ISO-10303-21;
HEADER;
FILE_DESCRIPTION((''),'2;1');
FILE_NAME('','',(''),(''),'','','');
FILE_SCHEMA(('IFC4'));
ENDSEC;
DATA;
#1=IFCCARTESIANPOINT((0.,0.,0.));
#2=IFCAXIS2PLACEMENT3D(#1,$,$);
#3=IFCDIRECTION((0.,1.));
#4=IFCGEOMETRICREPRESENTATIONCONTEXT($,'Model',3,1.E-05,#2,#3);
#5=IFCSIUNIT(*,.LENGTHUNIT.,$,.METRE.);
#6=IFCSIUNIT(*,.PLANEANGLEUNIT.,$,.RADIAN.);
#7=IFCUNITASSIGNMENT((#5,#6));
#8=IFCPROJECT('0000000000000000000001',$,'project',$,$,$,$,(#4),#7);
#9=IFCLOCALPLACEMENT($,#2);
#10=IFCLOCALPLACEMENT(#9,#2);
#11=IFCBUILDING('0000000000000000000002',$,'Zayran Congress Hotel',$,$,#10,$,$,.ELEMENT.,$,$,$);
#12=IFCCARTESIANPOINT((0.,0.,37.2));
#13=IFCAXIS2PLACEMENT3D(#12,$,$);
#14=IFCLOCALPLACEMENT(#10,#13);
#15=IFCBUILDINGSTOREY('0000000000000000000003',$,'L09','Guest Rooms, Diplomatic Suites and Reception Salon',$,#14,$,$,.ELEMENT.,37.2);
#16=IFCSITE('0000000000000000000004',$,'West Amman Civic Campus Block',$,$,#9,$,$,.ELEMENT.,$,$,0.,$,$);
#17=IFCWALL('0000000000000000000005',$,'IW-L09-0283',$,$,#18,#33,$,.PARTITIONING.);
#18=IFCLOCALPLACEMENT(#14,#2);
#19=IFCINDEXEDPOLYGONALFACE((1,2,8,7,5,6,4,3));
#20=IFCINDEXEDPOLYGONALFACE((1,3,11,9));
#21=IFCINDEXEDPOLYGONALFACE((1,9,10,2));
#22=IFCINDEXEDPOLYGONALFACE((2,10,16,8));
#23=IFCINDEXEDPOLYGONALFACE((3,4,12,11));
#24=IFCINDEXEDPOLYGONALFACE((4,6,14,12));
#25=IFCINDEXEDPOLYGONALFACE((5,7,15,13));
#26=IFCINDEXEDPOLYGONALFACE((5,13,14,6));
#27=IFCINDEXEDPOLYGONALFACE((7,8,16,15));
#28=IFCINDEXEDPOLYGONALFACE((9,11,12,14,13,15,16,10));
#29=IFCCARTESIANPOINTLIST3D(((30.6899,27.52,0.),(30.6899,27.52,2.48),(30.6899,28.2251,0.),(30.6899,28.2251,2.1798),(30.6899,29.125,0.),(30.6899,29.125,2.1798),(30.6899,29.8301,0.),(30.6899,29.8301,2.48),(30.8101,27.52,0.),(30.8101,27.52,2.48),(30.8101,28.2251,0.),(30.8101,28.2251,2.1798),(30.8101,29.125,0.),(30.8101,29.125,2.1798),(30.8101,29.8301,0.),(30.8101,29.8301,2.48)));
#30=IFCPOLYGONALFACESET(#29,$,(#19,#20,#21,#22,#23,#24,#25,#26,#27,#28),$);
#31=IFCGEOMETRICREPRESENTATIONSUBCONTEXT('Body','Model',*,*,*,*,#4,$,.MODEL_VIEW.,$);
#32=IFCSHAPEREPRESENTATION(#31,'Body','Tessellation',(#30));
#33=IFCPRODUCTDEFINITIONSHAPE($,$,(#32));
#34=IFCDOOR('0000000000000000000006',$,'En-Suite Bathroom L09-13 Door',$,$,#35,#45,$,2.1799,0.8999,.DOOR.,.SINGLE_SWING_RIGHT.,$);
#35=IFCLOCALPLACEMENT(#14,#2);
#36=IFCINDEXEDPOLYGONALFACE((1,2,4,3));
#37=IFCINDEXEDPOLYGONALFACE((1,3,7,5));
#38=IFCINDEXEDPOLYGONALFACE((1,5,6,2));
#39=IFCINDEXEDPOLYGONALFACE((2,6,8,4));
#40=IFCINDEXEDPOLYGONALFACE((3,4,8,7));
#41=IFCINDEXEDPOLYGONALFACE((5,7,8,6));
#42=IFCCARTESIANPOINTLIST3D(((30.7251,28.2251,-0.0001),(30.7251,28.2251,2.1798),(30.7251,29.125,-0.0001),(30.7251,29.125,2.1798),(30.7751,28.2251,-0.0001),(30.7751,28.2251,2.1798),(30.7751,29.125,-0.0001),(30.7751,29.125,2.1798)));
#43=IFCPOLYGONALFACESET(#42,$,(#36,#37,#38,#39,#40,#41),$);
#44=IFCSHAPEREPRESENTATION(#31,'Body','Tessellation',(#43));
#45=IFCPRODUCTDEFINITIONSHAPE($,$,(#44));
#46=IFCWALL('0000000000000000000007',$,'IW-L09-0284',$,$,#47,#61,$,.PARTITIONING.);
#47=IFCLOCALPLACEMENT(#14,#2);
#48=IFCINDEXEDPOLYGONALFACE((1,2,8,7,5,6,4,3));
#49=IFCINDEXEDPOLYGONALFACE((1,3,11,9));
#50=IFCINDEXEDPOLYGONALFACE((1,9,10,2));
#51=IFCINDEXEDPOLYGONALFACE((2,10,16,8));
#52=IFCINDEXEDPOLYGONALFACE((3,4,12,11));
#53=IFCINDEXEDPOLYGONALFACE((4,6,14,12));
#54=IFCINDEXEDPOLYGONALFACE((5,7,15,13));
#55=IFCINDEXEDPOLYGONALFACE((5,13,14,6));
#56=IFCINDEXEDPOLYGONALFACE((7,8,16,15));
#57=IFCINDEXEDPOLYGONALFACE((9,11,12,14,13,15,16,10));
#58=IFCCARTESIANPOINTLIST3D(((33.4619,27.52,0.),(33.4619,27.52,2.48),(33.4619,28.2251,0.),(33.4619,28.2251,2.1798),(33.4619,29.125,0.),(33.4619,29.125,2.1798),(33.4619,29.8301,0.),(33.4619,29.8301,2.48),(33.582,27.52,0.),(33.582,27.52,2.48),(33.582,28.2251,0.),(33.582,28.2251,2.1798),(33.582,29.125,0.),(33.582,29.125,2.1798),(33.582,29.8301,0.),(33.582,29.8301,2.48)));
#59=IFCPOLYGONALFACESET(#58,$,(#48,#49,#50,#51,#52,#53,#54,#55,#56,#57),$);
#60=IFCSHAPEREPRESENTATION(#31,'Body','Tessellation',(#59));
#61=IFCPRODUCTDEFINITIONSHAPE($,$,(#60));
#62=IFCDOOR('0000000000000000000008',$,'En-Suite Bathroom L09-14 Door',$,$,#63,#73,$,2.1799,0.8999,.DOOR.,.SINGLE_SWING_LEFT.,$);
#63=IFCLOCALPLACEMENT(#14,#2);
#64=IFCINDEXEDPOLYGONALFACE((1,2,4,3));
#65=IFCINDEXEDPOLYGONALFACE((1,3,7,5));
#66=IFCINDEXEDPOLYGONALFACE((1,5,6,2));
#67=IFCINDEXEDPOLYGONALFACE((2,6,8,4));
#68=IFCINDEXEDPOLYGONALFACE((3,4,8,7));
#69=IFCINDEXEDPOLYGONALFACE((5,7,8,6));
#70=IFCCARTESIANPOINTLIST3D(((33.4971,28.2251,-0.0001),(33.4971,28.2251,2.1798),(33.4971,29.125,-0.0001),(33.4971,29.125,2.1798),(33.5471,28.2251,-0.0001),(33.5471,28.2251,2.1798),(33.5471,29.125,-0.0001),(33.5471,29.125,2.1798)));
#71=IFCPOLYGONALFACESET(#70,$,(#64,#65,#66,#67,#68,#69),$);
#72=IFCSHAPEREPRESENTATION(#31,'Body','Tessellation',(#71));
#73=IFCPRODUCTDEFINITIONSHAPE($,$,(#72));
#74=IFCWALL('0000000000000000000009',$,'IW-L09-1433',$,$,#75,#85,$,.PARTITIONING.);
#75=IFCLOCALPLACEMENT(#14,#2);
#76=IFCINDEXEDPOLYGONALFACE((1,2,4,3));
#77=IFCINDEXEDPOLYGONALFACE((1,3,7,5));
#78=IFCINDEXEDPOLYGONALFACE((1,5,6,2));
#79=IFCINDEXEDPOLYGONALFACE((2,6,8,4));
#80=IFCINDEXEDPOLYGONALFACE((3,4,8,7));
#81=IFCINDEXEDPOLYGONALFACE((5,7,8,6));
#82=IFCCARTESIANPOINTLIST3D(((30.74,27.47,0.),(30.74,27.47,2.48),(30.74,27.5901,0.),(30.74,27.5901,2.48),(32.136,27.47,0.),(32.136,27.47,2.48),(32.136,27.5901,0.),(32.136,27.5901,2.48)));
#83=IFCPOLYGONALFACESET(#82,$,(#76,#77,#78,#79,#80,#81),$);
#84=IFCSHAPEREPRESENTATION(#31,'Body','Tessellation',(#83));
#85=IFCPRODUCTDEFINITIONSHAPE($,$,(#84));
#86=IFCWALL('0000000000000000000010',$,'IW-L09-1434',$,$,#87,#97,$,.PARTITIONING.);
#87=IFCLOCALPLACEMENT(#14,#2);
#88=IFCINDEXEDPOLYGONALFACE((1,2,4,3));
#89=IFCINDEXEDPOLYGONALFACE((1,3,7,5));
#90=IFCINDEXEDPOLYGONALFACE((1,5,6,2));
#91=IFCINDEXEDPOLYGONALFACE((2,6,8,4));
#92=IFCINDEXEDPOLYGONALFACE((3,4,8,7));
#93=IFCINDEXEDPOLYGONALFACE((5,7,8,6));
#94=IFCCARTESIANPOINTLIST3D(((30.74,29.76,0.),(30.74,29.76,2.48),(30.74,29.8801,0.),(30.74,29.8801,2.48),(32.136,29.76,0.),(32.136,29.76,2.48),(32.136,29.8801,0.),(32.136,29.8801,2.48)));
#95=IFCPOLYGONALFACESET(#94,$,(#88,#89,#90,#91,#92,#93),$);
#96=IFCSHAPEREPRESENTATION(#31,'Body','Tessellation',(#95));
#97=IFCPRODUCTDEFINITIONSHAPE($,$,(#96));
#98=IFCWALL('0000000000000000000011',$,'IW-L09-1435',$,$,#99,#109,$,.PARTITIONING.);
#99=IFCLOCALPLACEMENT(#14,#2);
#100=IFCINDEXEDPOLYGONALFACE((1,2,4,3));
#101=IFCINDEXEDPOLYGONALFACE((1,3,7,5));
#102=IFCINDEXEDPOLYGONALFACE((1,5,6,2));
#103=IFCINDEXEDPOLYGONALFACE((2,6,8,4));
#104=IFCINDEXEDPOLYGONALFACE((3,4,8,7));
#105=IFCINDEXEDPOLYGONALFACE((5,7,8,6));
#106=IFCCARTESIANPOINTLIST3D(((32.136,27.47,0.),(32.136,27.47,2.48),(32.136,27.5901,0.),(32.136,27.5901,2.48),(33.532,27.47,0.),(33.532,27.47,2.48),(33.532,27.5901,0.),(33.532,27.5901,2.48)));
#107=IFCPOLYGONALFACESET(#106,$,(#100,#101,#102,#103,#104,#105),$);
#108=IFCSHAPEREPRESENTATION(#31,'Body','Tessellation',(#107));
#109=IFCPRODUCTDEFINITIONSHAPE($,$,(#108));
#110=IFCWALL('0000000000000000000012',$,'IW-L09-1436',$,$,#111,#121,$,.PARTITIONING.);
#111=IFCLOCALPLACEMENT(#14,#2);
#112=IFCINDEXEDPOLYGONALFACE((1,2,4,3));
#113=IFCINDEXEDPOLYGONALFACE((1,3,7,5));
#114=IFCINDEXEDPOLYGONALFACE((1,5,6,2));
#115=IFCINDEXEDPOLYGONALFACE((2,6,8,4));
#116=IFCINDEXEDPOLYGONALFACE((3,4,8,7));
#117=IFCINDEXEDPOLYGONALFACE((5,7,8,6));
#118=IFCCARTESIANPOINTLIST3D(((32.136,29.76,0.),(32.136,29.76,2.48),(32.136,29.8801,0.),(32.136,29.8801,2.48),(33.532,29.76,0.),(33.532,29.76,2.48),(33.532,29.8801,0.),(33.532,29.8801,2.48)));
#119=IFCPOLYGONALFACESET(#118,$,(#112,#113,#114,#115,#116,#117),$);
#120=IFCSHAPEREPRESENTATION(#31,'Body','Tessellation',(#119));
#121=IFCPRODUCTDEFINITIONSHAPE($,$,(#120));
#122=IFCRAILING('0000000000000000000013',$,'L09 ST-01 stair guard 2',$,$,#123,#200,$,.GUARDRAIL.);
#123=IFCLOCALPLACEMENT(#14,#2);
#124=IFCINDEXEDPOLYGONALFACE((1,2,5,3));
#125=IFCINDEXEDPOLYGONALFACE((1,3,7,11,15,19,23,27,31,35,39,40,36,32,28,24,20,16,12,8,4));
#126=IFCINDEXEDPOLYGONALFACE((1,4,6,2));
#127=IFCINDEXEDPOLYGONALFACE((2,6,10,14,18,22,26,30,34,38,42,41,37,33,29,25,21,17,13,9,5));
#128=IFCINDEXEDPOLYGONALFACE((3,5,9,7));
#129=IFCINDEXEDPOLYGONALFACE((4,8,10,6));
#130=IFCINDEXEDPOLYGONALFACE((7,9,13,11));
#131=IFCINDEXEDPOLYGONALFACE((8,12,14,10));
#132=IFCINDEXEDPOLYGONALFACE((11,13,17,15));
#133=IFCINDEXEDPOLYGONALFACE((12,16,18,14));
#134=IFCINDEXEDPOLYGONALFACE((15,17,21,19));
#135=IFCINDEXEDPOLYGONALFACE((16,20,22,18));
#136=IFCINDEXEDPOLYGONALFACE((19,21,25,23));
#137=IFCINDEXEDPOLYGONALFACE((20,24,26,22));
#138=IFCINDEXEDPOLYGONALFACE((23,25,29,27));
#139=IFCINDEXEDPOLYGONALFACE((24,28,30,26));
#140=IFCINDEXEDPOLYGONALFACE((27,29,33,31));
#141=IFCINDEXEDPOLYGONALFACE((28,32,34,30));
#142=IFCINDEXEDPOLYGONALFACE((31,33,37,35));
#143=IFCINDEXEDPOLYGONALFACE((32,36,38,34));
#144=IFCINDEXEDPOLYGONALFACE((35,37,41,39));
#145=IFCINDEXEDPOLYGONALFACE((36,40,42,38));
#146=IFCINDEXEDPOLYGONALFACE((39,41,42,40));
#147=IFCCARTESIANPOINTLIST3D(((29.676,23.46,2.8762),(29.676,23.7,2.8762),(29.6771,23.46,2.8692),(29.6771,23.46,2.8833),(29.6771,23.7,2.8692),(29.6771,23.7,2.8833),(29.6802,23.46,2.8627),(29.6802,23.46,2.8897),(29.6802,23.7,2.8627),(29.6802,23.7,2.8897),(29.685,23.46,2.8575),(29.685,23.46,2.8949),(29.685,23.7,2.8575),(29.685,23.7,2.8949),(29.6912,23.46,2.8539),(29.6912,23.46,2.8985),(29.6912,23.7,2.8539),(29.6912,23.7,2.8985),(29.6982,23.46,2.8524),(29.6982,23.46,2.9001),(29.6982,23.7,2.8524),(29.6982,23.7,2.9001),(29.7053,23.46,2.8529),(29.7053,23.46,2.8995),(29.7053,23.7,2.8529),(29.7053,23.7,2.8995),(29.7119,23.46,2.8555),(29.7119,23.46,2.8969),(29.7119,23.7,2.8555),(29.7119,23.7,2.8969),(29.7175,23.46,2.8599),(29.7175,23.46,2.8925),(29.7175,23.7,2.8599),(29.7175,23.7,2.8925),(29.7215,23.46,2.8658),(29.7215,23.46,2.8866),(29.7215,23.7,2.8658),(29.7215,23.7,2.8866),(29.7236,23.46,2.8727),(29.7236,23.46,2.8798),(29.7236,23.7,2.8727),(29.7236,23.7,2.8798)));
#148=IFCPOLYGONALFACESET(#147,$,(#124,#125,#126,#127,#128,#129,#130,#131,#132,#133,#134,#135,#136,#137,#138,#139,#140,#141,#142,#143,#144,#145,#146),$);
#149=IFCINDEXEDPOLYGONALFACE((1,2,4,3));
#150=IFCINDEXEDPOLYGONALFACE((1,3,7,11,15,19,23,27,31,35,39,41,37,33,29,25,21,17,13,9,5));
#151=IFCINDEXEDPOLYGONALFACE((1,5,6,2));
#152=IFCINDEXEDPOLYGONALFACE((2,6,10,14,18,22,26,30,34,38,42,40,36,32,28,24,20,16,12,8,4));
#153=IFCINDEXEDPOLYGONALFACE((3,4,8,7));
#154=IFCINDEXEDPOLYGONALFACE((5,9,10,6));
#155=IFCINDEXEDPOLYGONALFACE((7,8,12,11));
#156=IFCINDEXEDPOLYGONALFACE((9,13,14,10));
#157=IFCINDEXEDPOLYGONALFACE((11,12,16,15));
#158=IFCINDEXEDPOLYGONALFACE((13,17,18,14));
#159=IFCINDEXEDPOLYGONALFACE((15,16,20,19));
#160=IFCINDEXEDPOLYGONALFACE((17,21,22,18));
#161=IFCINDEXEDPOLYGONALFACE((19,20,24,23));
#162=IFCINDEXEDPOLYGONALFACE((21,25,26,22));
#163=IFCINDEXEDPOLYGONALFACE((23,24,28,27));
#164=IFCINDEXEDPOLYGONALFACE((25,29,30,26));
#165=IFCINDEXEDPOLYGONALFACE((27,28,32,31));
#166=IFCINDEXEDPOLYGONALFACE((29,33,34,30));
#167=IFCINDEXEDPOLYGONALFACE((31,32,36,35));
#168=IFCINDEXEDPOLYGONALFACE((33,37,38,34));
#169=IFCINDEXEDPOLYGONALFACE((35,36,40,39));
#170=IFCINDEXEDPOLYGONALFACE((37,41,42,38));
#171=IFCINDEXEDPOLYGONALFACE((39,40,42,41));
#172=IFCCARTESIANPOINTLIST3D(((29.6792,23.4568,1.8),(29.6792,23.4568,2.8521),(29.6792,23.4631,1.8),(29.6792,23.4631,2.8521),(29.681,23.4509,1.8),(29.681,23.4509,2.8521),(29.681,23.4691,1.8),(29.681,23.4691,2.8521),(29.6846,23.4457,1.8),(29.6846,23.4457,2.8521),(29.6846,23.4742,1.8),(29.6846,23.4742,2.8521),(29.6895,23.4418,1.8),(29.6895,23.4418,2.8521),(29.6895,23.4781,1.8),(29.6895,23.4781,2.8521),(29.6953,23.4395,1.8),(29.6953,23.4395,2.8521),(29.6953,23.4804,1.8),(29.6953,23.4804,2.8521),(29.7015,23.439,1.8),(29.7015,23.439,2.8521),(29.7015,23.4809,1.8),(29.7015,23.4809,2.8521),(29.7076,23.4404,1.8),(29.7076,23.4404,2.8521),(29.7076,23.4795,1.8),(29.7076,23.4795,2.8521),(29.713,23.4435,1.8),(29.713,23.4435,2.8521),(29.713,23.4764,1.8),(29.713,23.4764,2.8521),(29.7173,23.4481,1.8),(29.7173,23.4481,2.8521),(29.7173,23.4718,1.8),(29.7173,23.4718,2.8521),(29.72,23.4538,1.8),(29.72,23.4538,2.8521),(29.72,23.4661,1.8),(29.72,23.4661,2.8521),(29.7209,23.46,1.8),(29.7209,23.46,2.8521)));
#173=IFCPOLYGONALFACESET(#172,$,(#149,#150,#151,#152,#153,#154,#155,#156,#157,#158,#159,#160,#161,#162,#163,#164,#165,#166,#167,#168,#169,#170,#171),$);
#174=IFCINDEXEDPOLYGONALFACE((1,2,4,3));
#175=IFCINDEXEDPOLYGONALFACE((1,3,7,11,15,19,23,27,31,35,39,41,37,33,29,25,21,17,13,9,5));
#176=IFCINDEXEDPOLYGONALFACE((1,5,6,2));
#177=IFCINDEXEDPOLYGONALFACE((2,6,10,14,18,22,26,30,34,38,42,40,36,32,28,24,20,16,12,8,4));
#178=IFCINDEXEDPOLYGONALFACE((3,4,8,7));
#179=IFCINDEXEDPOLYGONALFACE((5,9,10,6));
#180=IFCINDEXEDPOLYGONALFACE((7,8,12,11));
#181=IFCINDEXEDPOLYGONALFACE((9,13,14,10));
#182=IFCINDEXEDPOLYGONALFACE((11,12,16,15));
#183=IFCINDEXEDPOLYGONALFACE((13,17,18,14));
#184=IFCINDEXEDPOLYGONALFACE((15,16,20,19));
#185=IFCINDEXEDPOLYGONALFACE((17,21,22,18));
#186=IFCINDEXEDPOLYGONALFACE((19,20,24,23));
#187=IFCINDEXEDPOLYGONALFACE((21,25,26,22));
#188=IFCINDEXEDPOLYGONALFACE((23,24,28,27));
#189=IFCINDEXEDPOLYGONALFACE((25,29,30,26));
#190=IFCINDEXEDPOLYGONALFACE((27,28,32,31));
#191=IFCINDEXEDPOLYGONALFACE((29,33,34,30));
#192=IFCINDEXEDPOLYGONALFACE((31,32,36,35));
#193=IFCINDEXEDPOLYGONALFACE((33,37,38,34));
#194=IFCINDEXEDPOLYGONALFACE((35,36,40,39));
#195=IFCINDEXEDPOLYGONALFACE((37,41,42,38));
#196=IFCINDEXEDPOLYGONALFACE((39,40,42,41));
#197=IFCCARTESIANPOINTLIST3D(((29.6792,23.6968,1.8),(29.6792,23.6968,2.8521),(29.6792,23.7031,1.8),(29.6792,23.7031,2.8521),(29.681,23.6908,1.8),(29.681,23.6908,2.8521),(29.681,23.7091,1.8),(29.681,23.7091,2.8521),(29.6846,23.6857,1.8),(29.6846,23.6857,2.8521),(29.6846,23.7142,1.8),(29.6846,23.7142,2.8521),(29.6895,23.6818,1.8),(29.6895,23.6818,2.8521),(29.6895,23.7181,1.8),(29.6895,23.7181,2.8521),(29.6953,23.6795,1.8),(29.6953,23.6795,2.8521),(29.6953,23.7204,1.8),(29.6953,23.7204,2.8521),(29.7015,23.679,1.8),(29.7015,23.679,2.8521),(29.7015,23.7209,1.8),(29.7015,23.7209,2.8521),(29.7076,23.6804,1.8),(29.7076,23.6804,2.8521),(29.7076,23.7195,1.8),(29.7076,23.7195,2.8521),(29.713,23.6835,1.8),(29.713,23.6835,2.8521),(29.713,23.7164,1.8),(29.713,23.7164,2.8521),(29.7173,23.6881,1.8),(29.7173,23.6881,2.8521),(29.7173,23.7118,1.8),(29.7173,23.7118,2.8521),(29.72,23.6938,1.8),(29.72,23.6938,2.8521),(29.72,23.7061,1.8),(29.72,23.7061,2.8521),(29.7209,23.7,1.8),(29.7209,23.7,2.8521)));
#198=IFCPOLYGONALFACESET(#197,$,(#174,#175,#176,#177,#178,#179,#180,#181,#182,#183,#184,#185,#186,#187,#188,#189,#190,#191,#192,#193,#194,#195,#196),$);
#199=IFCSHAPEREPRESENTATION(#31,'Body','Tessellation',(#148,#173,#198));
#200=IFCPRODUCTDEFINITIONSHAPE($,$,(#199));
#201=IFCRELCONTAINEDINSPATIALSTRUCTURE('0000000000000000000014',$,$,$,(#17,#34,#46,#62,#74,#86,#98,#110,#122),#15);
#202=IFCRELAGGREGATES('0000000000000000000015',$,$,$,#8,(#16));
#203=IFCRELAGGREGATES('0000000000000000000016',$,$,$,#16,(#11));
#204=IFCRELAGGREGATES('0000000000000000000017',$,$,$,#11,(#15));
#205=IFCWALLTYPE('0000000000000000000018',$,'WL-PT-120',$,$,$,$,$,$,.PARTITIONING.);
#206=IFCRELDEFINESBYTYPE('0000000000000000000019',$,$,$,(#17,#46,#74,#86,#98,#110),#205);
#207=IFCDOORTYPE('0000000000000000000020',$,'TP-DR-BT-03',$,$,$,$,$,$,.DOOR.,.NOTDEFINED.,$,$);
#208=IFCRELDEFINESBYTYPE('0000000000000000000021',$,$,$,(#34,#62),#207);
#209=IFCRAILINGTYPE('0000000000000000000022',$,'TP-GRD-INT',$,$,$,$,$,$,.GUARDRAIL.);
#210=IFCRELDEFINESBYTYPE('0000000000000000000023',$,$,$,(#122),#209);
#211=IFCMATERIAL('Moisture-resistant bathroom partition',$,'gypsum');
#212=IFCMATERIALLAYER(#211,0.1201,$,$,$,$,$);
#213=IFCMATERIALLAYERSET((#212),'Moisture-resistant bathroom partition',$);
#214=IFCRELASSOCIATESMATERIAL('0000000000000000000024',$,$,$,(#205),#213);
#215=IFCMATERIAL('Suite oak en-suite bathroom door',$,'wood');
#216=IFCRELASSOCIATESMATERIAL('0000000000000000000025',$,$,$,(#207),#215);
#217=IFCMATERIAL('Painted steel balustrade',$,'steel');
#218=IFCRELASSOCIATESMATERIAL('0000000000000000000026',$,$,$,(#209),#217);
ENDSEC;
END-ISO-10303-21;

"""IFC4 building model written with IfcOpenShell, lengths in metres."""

from ifc_helpers import new_model, si_unit, direction, frame, frame_2d, origin, origin_2d, place, context, subcontext, project, spatial, rectangle, circle, extrude, material, layer, layer_set, type_object, element, fill, save


model = new_model("IFC4")

# Units and contexts
model_context = context("Model", 3, precision=1e-05, world=origin(), true_north=direction((0.0, 1.0)))
body_context = subcontext(model_context, "Body", "Model", "MODEL_VIEW")
ifc_project = project(units=[si_unit("LENGTHUNIT", "METRE"), si_unit("PLANEANGLEUNIT", "RADIAN")], contexts=[model_context])

# Site, building, storey
site_placement = place(None, origin())
site = spatial("IfcSite", under=ifc_project, at=site_placement, Name="West Amman Civic Campus Block", CompositionType="ELEMENT", RefElevation=0.0)
building_placement = place(site_placement, origin())
building = spatial("IfcBuilding", under=site, at=building_placement, Name="Zayran Congress Hotel", CompositionType="ELEMENT")
storey_placement = place(building_placement, frame((0.0, 0.0, 37.2)))
storey = spatial("IfcBuildingStorey", under=building, at=storey_placement, Name="L09", Description="Guest Rooms, Diplomatic Suites and Reception Salon", CompositionType="ELEMENT", Elevation=37.2)

# Walls, openings, doors
ifc_material_1 = material(Name="Moisture-resistant bathroom partition", Category="gypsum")
ifc_layer_1 = layer(ifc_material_1, 0.1201)
ifc_layer_set_1 = layer_set([ifc_layer_1], Name="Moisture-resistant bathroom partition")
wall_type_1 = type_object("IfcWallType", Name="WL-PT-120", PredefinedType="PARTITIONING", material=ifc_layer_set_1)
wall_1_placement = place(storey_placement, frame((30.75, 27.52, 0.0), z_axis=(0.0, 0.0, 1.0), x_axis=(0.0, 1.0, 0.0)))
wall_1 = element("IfcWall", 1, at=wall_1_placement, inside=storey, type_object=wall_type_1, Name="IW-L09-0283", PredefinedType="PARTITIONING", context=body_context, shape_type="SweptSolid", body=[
    extrude(rectangle(XDim=2.3101, YDim=0.1201, at=frame_2d((1.155, 0.0))), origin(), (0.0, 0.0, 1.0), 2.48),
])
opening_1_placement = place(wall_1_placement, frame((0.7051, 0.0, 0.0)))
opening_1 = element("IfcOpeningElement", 2, at=opening_1_placement, cuts=wall_1, PredefinedType="OPENING", context=body_context, shape_type="SweptSolid", body=[
    extrude(rectangle(XDim=0.8999, YDim=2.1799, at=frame_2d((0.45, 1.0898))), frame((0.0, 0.0701, 0.0), z_axis=(0.0, -1.0, 0.0), x_axis=(1.0, 0.0, 0.0)), (0.0, 0.0, 1.0), 0.1401),
])
ifc_material_2 = material(Name="Suite oak en-suite bathroom door", Category="wood")
door_type_1 = type_object("IfcDoorType", Name="TP-DR-BT-03", OperationType="NOTDEFINED", PredefinedType="DOOR", material=ifc_material_2)
door_1_placement = place(opening_1_placement, origin())
door_1 = element("IfcDoor", 3, at=door_1_placement, inside=storey, type_object=door_type_1, Name="En-Suite Bathroom L09-13 Door", OperationType="SINGLE_SWING_RIGHT", OverallHeight=2.1799, OverallWidth=0.8999, PredefinedType="DOOR", context=body_context, shape_type="SweptSolid", body=[
    extrude(rectangle(XDim=0.8999, YDim=2.1799, at=frame_2d((0.45, 1.0898))), frame((0.0, 0.0249, 0.0), z_axis=(0.0, -1.0, 0.0), x_axis=(1.0, 0.0, 0.0)), (0.0, 0.0, 1.0), 0.05),
])
fill(opening_1, door_1)
wall_2_placement = place(storey_placement, frame((33.522, 27.52, 0.0), z_axis=(0.0, 0.0, 1.0), x_axis=(0.0, 1.0, 0.0)))
wall_2 = element("IfcWall", 4, at=wall_2_placement, inside=storey, type_object=wall_type_1, Name="IW-L09-0284", PredefinedType="PARTITIONING", context=body_context, shape_type="SweptSolid", body=[
    extrude(rectangle(XDim=2.3101, YDim=0.1201, at=frame_2d((1.155, 0.0))), origin(), (0.0, 0.0, 1.0), 2.48),
])
opening_2_placement = place(wall_2_placement, frame((0.7051, 0.0, 0.0)))
opening_2 = element("IfcOpeningElement", 5, at=opening_2_placement, cuts=wall_2, PredefinedType="OPENING", context=body_context, shape_type="SweptSolid", body=[
    extrude(rectangle(XDim=0.8999, YDim=2.1799, at=frame_2d((0.45, 1.0898))), frame((0.0, 0.0701, 0.0), z_axis=(0.0, -1.0, 0.0), x_axis=(1.0, 0.0, 0.0)), (0.0, 0.0, 1.0), 0.1401),
])
door_2_placement = place(opening_2_placement, origin())
door_2 = element("IfcDoor", 6, at=door_2_placement, inside=storey, type_object=door_type_1, Name="En-Suite Bathroom L09-14 Door", OperationType="SINGLE_SWING_LEFT", OverallHeight=2.1799, OverallWidth=0.8999, PredefinedType="DOOR", context=body_context, shape_type="SweptSolid", body=[
    extrude(rectangle(XDim=0.8999, YDim=2.1799, at=frame_2d((0.45, 1.0898))), frame((0.0, 0.0249, 0.0), z_axis=(0.0, -1.0, 0.0), x_axis=(1.0, 0.0, 0.0)), (0.0, 0.0, 1.0), 0.05),
])
fill(opening_2, door_2)

# Walls
for number, where, z_axis, x_axis, name in (
    (7, (30.74, 27.53, 0.0), (0.0, 0.0, 1.0), (1.0, 0.0, 0.0), "IW-L09-1433"),
    (8, (30.74, 29.8201, 0.0), (0.0, 0.0, 1.0), (1.0, 0.0, 0.0), "IW-L09-1434"),
    (9, (32.136, 27.53, 0.0), (0.0, 0.0, 1.0), (1.0, 0.0, 0.0), "IW-L09-1435"),
    (10, (32.136, 29.8201, 0.0), (0.0, 0.0, 1.0), (1.0, 0.0, 0.0), "IW-L09-1436"),
):
    element("IfcWall", number, at=place(storey_placement, frame(where, z_axis=z_axis, x_axis=x_axis)), inside=storey, type_object=wall_type_1, Name=name, PredefinedType="PARTITIONING", context=body_context, shape_type="SweptSolid", body=[
        extrude(rectangle(XDim=1.396, YDim=0.1201, at=frame_2d((0.698, 0.0))), origin(), (0.0, 0.0, 1.0), 2.48),
    ])

# Railing
ifc_material_3 = material(Name="Painted steel balustrade", Category="steel")
railing_type_1 = type_object("IfcRailingType", Name="TP-GRD-INT", PredefinedType="GUARDRAIL", material=ifc_material_3)
railing_1_placement = place(storey_placement, frame((29.7, 23.46, 1.8)))
element("IfcRailing", 11, at=railing_1_placement, inside=storey, type_object=railing_type_1, Name="L09 ST-01 stair guard 2", PredefinedType="GUARDRAIL", context=body_context, shape_type="SweptSolid", body=[
    extrude(circle(Radius=0.0239, at=origin_2d()), frame((0.0, 0.0, 1.0762), z_axis=(0.0, 1.0, 0.0), x_axis=(-1.0, 0.0, 0.0)), (0.0, 0.0, 1.0), 0.24),
    extrude(circle(Radius=0.021, at=origin_2d()), origin(), (0.0, 0.0, 1.0), 1.052),
    extrude(circle(Radius=0.021, at=origin_2d()), frame((0.0, 0.24, 0.0)), (0.0, 0.0, 1.0), 1.052),
])

save(model, "model.ifc")
